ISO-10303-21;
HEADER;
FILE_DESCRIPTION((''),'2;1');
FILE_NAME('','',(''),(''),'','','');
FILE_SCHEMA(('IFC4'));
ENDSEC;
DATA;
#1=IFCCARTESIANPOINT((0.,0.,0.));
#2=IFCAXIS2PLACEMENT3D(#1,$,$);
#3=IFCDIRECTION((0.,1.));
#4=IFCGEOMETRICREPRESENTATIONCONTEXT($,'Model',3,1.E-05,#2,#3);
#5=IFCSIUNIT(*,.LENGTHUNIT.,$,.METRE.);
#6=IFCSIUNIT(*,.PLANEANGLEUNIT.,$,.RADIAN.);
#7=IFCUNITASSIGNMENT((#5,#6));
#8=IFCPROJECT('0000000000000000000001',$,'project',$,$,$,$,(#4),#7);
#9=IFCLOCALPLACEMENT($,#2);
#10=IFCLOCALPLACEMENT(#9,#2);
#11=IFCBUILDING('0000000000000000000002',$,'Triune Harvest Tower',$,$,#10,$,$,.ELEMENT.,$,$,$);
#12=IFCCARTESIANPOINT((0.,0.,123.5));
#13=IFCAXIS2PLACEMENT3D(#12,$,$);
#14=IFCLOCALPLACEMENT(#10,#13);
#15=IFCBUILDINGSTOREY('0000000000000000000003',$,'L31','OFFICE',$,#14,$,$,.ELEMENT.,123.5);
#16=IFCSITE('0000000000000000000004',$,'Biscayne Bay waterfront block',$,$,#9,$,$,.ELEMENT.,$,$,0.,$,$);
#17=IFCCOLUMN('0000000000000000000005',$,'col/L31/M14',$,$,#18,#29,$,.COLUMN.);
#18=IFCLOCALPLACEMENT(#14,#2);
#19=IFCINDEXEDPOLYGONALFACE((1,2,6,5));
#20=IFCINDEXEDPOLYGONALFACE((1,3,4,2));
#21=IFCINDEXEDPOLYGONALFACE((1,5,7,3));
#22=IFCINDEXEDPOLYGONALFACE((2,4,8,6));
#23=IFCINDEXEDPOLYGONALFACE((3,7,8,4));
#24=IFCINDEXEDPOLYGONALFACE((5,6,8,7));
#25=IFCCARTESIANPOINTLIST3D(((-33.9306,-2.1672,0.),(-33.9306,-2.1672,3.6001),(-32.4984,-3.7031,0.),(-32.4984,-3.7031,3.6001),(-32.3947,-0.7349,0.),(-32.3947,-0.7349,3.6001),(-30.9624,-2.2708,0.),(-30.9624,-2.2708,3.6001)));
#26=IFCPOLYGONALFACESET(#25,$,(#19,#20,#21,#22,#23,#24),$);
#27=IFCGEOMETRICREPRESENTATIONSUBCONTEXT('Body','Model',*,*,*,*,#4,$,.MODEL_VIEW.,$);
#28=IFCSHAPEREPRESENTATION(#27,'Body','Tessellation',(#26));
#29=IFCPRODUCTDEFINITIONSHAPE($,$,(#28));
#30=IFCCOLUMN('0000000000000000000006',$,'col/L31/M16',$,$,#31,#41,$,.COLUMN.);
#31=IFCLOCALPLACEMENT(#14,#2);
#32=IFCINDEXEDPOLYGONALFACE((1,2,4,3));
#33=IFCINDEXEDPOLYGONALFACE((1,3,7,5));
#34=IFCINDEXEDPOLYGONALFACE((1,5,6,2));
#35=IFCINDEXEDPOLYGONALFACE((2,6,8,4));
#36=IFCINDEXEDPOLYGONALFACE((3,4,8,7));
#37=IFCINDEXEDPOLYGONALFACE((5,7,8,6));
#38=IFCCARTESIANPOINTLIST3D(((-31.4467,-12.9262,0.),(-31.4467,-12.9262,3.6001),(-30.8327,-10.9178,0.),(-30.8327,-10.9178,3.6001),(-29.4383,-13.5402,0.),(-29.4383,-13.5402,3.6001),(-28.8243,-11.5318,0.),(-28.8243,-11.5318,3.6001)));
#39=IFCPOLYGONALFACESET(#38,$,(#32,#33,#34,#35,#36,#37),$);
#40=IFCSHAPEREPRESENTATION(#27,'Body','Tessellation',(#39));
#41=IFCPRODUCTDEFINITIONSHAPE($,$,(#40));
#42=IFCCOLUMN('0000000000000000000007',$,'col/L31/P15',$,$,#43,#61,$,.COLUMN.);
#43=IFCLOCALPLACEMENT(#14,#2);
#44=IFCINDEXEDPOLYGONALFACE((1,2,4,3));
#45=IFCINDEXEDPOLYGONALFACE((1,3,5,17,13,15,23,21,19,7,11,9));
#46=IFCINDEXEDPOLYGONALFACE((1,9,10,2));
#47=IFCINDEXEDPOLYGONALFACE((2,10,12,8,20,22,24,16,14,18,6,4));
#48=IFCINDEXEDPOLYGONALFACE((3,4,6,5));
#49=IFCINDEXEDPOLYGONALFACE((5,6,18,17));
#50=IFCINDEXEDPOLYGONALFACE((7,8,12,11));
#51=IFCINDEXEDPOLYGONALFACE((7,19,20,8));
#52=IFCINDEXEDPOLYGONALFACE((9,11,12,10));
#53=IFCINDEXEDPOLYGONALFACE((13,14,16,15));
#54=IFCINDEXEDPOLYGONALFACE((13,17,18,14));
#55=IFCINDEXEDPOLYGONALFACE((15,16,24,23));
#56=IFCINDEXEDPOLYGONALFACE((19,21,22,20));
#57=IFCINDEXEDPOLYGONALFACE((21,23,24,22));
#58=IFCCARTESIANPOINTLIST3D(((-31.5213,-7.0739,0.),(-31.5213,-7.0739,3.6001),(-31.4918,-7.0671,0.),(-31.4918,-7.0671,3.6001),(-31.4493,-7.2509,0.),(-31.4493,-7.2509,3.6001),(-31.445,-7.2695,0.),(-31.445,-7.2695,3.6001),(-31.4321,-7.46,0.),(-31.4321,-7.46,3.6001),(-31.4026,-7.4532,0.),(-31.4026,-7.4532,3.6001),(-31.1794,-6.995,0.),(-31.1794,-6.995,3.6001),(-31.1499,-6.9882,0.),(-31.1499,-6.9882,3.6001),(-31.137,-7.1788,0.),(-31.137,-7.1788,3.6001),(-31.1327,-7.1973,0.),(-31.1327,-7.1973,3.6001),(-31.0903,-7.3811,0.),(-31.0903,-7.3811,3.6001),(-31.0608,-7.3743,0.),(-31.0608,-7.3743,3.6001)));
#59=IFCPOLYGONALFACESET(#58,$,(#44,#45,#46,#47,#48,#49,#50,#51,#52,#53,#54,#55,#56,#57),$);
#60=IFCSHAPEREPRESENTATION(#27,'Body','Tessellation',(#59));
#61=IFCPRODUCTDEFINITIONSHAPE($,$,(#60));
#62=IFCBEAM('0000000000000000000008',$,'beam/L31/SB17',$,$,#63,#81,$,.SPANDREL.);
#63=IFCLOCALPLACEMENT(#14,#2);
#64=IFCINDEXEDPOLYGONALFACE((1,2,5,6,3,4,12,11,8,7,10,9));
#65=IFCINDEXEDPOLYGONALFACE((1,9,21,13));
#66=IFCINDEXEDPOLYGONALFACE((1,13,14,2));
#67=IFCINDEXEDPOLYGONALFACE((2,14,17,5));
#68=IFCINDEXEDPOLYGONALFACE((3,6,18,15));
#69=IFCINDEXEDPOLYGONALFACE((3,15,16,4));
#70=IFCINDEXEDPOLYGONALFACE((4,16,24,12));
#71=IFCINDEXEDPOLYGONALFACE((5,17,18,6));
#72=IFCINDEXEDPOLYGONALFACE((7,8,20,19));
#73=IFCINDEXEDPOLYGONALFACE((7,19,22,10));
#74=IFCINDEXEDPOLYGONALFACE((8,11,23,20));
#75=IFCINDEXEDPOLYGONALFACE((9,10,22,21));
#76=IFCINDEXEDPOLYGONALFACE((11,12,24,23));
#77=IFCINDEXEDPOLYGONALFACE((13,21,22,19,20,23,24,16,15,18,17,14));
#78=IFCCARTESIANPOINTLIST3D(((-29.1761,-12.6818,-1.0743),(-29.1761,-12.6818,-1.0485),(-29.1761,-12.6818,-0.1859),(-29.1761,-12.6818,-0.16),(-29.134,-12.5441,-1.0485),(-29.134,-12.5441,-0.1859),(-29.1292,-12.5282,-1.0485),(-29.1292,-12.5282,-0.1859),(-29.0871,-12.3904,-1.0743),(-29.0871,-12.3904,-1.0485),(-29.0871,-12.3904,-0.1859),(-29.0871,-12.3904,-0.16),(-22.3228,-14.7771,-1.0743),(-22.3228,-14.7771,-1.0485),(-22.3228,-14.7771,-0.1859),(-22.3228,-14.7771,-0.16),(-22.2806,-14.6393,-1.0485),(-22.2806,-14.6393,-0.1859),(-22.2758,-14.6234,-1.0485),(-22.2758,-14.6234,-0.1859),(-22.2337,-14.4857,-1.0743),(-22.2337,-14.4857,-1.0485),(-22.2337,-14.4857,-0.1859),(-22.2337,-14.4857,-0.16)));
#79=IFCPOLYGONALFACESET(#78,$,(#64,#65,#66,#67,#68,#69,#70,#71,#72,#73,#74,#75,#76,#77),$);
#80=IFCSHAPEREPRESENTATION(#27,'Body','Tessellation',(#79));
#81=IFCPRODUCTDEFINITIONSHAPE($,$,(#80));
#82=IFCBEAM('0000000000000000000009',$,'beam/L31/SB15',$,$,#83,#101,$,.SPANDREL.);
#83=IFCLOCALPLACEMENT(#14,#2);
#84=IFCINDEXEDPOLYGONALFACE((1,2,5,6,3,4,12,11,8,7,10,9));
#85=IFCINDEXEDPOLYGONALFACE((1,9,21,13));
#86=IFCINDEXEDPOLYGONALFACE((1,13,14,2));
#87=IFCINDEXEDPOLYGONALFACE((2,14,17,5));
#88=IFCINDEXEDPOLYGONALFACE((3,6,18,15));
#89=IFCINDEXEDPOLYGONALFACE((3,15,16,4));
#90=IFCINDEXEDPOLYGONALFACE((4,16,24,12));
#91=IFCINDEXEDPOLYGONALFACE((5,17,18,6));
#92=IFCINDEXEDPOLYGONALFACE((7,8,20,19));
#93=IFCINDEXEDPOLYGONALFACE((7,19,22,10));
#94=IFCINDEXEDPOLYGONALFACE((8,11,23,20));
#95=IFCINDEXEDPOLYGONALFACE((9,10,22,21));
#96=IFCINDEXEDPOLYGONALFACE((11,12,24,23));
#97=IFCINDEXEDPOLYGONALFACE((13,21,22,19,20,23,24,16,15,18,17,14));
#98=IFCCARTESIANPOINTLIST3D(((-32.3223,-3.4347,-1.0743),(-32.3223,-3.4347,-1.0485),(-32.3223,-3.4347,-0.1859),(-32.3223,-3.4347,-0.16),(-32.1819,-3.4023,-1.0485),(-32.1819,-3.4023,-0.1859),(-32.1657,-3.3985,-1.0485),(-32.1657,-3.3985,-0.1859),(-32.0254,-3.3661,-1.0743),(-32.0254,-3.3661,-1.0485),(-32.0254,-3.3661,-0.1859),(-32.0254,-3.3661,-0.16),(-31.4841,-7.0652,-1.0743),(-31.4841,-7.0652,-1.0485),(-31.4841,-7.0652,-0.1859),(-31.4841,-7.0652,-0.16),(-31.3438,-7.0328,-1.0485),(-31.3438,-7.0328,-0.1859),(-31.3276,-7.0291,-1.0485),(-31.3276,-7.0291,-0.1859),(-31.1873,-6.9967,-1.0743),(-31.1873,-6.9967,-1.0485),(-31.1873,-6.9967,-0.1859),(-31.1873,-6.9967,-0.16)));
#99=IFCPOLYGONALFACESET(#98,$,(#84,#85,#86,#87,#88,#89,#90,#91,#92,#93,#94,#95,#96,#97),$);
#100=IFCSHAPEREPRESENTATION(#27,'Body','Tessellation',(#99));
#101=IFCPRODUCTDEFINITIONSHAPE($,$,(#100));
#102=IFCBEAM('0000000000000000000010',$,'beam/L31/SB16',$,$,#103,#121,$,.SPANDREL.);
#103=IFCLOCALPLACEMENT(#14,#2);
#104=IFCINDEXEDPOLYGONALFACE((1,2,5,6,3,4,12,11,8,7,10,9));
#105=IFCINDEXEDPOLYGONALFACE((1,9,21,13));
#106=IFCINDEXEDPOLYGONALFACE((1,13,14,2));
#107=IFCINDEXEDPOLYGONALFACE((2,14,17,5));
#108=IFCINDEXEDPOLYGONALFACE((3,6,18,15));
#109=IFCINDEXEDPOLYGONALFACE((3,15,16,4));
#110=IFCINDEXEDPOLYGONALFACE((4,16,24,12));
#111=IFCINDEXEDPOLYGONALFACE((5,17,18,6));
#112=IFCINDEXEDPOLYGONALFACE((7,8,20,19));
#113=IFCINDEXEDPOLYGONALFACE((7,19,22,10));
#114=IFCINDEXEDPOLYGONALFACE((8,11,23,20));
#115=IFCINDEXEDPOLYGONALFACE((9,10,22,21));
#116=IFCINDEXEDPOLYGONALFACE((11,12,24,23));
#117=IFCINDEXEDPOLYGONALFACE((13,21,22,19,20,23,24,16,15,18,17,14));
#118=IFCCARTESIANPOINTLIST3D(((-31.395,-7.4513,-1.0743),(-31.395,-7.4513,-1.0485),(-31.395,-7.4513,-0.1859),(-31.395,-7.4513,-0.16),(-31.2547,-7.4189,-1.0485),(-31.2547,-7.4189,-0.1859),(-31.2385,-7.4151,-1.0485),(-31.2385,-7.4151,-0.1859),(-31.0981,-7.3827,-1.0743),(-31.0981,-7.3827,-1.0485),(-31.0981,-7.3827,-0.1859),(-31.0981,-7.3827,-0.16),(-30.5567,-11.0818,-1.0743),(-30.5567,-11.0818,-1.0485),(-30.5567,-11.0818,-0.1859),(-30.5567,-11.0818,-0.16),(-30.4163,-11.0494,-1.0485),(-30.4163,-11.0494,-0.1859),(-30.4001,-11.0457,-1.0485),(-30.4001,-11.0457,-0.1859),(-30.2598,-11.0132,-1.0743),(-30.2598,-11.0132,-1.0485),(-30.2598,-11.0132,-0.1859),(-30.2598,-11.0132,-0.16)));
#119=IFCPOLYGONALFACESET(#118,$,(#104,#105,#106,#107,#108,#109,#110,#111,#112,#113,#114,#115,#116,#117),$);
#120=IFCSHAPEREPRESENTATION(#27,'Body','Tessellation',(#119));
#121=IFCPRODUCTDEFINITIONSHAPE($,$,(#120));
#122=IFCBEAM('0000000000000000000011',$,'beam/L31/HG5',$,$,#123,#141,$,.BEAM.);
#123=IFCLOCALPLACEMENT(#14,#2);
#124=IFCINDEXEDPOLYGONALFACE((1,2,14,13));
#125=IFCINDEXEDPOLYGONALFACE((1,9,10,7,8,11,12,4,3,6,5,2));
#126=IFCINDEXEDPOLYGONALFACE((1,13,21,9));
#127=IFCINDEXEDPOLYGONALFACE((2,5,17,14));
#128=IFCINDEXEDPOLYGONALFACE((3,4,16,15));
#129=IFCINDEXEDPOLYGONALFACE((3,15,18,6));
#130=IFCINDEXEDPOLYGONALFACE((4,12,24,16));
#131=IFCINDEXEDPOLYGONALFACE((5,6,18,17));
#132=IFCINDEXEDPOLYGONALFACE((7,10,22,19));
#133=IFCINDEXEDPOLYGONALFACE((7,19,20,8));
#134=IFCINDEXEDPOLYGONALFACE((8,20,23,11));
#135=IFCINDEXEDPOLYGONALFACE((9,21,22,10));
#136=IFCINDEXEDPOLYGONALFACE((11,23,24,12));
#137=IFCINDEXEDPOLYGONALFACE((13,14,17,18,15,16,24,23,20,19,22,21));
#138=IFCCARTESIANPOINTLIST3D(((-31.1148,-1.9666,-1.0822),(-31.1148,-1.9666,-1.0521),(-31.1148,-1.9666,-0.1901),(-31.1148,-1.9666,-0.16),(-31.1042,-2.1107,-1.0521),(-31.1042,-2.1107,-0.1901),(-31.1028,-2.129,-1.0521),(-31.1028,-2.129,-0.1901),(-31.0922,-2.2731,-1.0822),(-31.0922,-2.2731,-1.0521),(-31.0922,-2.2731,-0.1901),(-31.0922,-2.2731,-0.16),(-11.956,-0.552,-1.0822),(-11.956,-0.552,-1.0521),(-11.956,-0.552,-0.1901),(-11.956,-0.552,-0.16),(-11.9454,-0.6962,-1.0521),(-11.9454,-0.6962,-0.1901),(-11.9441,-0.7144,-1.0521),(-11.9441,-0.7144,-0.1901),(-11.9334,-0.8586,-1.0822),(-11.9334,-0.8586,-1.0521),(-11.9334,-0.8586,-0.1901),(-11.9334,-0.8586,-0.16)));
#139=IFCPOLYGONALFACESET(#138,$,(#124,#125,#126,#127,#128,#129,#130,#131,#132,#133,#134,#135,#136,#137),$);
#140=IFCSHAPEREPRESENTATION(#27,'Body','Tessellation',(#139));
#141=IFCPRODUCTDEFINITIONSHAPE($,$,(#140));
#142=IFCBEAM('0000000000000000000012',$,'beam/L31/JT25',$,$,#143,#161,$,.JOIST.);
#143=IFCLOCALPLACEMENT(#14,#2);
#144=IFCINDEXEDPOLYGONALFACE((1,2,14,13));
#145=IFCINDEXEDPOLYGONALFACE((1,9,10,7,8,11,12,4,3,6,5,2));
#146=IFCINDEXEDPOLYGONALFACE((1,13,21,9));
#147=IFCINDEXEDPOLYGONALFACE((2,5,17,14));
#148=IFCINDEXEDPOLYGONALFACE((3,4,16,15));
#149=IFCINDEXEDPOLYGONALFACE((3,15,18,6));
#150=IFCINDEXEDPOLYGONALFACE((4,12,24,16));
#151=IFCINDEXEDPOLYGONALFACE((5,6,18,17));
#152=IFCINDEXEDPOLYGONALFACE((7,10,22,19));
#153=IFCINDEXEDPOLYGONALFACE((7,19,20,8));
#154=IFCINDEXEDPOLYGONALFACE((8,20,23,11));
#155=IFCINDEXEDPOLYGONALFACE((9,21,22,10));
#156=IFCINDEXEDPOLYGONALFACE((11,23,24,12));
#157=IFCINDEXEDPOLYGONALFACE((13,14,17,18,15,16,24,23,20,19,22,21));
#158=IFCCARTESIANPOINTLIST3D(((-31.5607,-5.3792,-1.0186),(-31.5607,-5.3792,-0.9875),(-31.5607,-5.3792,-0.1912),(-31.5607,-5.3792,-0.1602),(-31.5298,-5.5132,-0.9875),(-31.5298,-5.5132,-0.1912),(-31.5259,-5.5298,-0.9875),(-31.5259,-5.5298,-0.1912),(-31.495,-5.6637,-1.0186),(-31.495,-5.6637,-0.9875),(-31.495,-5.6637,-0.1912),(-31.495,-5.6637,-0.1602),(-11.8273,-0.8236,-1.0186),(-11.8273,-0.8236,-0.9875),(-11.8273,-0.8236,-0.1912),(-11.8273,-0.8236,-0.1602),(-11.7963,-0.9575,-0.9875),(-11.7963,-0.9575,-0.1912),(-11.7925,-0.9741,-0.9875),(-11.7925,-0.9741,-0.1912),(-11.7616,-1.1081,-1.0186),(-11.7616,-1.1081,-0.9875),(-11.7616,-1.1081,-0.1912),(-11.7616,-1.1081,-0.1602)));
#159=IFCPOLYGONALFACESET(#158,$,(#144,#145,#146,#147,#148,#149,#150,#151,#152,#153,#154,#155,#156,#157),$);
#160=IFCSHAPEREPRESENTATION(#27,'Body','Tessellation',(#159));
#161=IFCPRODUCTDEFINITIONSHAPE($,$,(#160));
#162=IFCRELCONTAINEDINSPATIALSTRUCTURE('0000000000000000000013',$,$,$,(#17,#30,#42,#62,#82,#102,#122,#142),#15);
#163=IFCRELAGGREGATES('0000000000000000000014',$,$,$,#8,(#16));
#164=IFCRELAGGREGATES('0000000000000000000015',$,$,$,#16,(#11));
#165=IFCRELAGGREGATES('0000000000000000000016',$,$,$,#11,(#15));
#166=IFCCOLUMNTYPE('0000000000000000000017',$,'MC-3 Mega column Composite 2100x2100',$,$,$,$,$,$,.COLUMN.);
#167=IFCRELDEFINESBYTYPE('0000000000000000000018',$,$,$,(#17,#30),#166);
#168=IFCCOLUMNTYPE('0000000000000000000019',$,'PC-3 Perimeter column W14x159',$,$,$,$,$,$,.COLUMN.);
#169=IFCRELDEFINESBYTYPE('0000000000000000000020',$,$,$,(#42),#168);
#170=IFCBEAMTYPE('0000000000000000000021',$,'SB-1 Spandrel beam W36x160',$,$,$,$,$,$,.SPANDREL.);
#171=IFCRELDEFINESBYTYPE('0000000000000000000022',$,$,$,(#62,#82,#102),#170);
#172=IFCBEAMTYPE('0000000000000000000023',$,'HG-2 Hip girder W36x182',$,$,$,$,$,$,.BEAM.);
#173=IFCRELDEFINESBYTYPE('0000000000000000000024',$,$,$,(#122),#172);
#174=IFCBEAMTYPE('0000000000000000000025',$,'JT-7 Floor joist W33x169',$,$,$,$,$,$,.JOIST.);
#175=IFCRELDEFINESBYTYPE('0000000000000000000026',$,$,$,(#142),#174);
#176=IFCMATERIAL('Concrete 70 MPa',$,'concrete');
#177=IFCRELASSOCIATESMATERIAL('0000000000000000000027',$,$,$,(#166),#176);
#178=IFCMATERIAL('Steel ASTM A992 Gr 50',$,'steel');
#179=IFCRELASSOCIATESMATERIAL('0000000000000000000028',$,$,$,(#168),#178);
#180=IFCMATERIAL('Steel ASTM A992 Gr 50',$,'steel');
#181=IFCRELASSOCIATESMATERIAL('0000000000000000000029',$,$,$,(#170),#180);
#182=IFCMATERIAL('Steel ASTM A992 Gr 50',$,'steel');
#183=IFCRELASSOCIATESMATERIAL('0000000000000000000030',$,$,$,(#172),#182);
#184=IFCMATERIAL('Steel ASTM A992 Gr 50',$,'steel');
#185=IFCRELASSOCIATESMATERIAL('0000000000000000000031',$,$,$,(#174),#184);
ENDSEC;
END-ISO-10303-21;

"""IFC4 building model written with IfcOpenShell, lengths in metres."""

from ifc_helpers import new_model, si_unit, direction, frame, origin, origin_2d, place, context, subcontext, project, spatial, rectangle, i_section, extrude, source, transform, mapped, material, material_profile, profile_set, type_object, element, save


model = new_model("IFC4")

# Units and contexts
model_context = context("Model", 3, precision=1e-05, world=origin(), true_north=direction((0.0, 1.0)))
body_context = subcontext(model_context, "Body", "Model", "MODEL_VIEW")
ifc_project = project(units=[si_unit("LENGTHUNIT", "METRE"), si_unit("PLANEANGLEUNIT", "RADIAN")], contexts=[model_context])

# Site, building, storey
site_placement = place(None, origin())
site = spatial("IfcSite", under=ifc_project, at=site_placement, Name="Biscayne Bay waterfront block", CompositionType="ELEMENT", RefElevation=0.0)
building_placement = place(site_placement, origin())
building = spatial("IfcBuilding", under=site, at=building_placement, Name="Triune Harvest Tower", CompositionType="ELEMENT")
storey_placement = place(building_placement, frame((0.0, 0.0, 123.5)))
storey = spatial("IfcBuildingStorey", under=building, at=storey_placement, Name="L31", Description="OFFICE", CompositionType="ELEMENT", Elevation=123.5)

# Columns
ifc_material_1 = material(Name="Concrete 70 MPa", Category="concrete")
ifc_material_profile_1 = material_profile(ifc_material_1, rectangle(XDim=2.1001, YDim=2.1001, at=origin_2d()), Name="Composite 2100x2100")
ifc_profile_set_1 = profile_set([ifc_material_profile_1], Name="Concrete 70 MPa")
column_type_1 = type_object("IfcColumnType", Name="MC-3 Mega column Composite 2100x2100", PredefinedType="COLUMN", material=ifc_profile_set_1)
shared_shape_1 = source(origin(), body_context, "Body", "SweptSolid", [
    extrude(rectangle(XDim=2.1001, YDim=2.1001, at=origin_2d()), origin(), (0.0, 0.0, 1.0), 3.6001),
])
for number, where, z_axis, x_axis, name in (
    (1, (-32.4465, -2.219, 0.0), (0.0, 0.0, 1.0), (-0.731355, -0.681997, 0.0), "col/L31/M14"),
    (2, (-30.1355, -12.229, 0.0), (0.0, 0.0, 1.0), (0.956305, -0.292372, 0.0), "col/L31/M16"),
):
    element("IfcColumn", number, at=place(storey_placement, frame(where, z_axis=z_axis, x_axis=x_axis)), inside=storey, type_object=column_type_1, Name=name, PredefinedType="COLUMN", context=body_context, shape_type="MappedRepresentation", body=[
        mapped(shared_shape_1, transform((0.0, 0.0, 0.0), scale=1.0)),
    ])
ifc_material_2 = material(Name="Steel ASTM A992 Gr 50", Category="steel")
ifc_material_profile_2 = material_profile(ifc_material_2, i_section(OverallWidth=0.3962, OverallDepth=0.3811, WebThickness=0.019, FlangeThickness=0.0303, at=origin_2d()), Name="W14x159")
ifc_profile_set_2 = profile_set([ifc_material_profile_2], Name="Steel ASTM A992 Gr 50")
column_type_2 = type_object("IfcColumnType", Name="PC-3 Perimeter column W14x159", PredefinedType="COLUMN", material=ifc_profile_set_2)
shared_shape_2 = source(origin(), body_context, "Body", "SweptSolid", [
    extrude(i_section(OverallWidth=0.3962, OverallDepth=0.3811, WebThickness=0.019, FlangeThickness=0.0303, at=origin_2d()), origin(), (0.0, 0.0, 1.0), 3.6001),
])
column_placement = place(storey_placement, frame((-31.291, -7.2241, 0.0), z_axis=(0.0, 0.0, 1.0), x_axis=(0.224951, -0.97437, 0.0)))
element("IfcColumn", 3, at=column_placement, inside=storey, type_object=column_type_2, Name="col/L31/P15", PredefinedType="COLUMN", context=body_context, shape_type="MappedRepresentation", body=[
    mapped(shared_shape_2, transform((0.0, 0.0, 0.0), scale=1.0)),
])

# Beams
ifc_material_3 = material(Name="Steel ASTM A992 Gr 50", Category="steel")
ifc_material_profile_3 = material_profile(ifc_material_3, i_section(OverallWidth=0.3047, OverallDepth=0.9143, WebThickness=0.0166, FlangeThickness=0.0259, at=origin_2d()), Name="W36x160")
ifc_profile_set_3 = profile_set([ifc_material_profile_3], Name="Steel ASTM A992 Gr 50")
beam_type_1 = type_object("IfcBeamType", Name="SB-1 Spandrel beam W36x160", PredefinedType="SPANDREL", material=ifc_profile_set_3)
shared_shape_3 = source(origin(), body_context, "Body", "SweptSolid", [
    extrude(i_section(OverallWidth=0.3047, OverallDepth=0.9143, WebThickness=0.0166, FlangeThickness=0.0259, at=origin_2d()), origin(), (0.0, 0.0, 1.0), 7.1665),
])
beam_1_placement = place(storey_placement, frame((-29.1316, -12.5361, -0.6172), z_axis=(0.956306, -0.292367, 0.0), x_axis=(0.292367, 0.956306, 0.0)))
element("IfcBeam", 4, at=beam_1_placement, inside=storey, type_object=beam_type_1, Name="beam/L31/SB17", PredefinedType="SPANDREL", context=body_context, shape_type="MappedRepresentation", body=[
    mapped(shared_shape_3, transform((0.0, 0.0, 0.0), scale=1.0)),
])
shared_shape_4 = source(origin(), body_context, "Body", "SweptSolid", [
    extrude(i_section(OverallWidth=0.3047, OverallDepth=0.9143, WebThickness=0.0166, FlangeThickness=0.0259, at=origin_2d()), origin(), (0.0, 0.0, 1.0), 3.7261),
])
for number, where, z_axis, x_axis, name in (
    (5, (-32.1738, -3.4004, -0.6172), (0.224936, -0.974374, 0.0), (0.974374, 0.224936, 0.0), "beam/L31/SB15"),
    (6, (-31.2466, -7.417, -0.6172), (0.224998, -0.974359, 0.0), (0.974359, 0.224998, 0.0), "beam/L31/SB16"),
):
    element("IfcBeam", number, at=place(storey_placement, frame(where, z_axis=z_axis, x_axis=x_axis)), inside=storey, type_object=beam_type_1, Name=name, PredefinedType="SPANDREL", context=body_context, shape_type="MappedRepresentation", body=[
        mapped(shared_shape_4, transform((0.0, 0.0, 0.0), scale=1.0)),
    ])
ifc_material_4 = material(Name="Steel ASTM A992 Gr 50", Category="steel")
ifc_material_profile_4 = material_profile(ifc_material_4, i_section(OverallWidth=0.3074, OverallDepth=0.9221, WebThickness=0.0183, FlangeThickness=0.03, at=origin_2d()), Name="W36x182")
ifc_profile_set_4 = profile_set([ifc_material_profile_4], Name="Steel ASTM A992 Gr 50")
beam_type_2 = type_object("IfcBeamType", Name="HG-2 Hip girder W36x182", PredefinedType="BEAM", material=ifc_profile_set_4)
shared_shape_5 = source(origin(), body_context, "Body", "SweptSolid", [
    extrude(i_section(OverallWidth=0.3074, OverallDepth=0.9221, WebThickness=0.0183, FlangeThickness=0.03, at=origin_2d()), origin(), (0.0, 0.0, 1.0), 19.2109),
])
beam_2_placement = place(storey_placement, frame((-31.1035, -2.1199, -0.6211), z_axis=(0.997285, 0.073633, 0.0), x_axis=(-0.073633, 0.997285, 0.0)))
element("IfcBeam", 7, at=beam_2_placement, inside=storey, type_object=beam_type_2, Name="beam/L31/HG5", PredefinedType="BEAM", context=body_context, shape_type="MappedRepresentation", body=[
    mapped(shared_shape_5, transform((0.0, 0.0, 0.0), scale=1.0)),
])
ifc_material_5 = material(Name="Steel ASTM A992 Gr 50", Category="steel")
ifc_material_profile_5 = material_profile(ifc_material_5, i_section(OverallWidth=0.292, OverallDepth=0.8584, WebThickness=0.0171, FlangeThickness=0.031, at=origin_2d()), Name="W33x169")
ifc_profile_set_5 = profile_set([ifc_material_profile_5], Name="Steel ASTM A992 Gr 50")
beam_type_3 = type_object("IfcBeamType", Name="JT-7 Floor joist W33x169", PredefinedType="JOIST", material=ifc_profile_set_5)
shared_shape_6 = source(origin(), body_context, "Body", "SweptSolid", [
    extrude(i_section(OverallWidth=0.292, OverallDepth=0.8584, WebThickness=0.0171, FlangeThickness=0.031, at=origin_2d()), origin(), (0.0, 0.0, 1.0), 20.2524),
])
beam_3_placement = place(storey_placement, frame((-31.5278, -5.5215, -0.5894), z_axis=(0.974372, 0.224944, 0.0), x_axis=(-0.224944, 0.974372, 0.0)))
element("IfcBeam", 8, at=beam_3_placement, inside=storey, type_object=beam_type_3, Name="beam/L31/JT25", PredefinedType="JOIST", context=body_context, shape_type="MappedRepresentation", body=[
    mapped(shared_shape_6, transform((0.0, 0.0, 0.0), scale=1.0)),
])

save(model, "model.ifc")
